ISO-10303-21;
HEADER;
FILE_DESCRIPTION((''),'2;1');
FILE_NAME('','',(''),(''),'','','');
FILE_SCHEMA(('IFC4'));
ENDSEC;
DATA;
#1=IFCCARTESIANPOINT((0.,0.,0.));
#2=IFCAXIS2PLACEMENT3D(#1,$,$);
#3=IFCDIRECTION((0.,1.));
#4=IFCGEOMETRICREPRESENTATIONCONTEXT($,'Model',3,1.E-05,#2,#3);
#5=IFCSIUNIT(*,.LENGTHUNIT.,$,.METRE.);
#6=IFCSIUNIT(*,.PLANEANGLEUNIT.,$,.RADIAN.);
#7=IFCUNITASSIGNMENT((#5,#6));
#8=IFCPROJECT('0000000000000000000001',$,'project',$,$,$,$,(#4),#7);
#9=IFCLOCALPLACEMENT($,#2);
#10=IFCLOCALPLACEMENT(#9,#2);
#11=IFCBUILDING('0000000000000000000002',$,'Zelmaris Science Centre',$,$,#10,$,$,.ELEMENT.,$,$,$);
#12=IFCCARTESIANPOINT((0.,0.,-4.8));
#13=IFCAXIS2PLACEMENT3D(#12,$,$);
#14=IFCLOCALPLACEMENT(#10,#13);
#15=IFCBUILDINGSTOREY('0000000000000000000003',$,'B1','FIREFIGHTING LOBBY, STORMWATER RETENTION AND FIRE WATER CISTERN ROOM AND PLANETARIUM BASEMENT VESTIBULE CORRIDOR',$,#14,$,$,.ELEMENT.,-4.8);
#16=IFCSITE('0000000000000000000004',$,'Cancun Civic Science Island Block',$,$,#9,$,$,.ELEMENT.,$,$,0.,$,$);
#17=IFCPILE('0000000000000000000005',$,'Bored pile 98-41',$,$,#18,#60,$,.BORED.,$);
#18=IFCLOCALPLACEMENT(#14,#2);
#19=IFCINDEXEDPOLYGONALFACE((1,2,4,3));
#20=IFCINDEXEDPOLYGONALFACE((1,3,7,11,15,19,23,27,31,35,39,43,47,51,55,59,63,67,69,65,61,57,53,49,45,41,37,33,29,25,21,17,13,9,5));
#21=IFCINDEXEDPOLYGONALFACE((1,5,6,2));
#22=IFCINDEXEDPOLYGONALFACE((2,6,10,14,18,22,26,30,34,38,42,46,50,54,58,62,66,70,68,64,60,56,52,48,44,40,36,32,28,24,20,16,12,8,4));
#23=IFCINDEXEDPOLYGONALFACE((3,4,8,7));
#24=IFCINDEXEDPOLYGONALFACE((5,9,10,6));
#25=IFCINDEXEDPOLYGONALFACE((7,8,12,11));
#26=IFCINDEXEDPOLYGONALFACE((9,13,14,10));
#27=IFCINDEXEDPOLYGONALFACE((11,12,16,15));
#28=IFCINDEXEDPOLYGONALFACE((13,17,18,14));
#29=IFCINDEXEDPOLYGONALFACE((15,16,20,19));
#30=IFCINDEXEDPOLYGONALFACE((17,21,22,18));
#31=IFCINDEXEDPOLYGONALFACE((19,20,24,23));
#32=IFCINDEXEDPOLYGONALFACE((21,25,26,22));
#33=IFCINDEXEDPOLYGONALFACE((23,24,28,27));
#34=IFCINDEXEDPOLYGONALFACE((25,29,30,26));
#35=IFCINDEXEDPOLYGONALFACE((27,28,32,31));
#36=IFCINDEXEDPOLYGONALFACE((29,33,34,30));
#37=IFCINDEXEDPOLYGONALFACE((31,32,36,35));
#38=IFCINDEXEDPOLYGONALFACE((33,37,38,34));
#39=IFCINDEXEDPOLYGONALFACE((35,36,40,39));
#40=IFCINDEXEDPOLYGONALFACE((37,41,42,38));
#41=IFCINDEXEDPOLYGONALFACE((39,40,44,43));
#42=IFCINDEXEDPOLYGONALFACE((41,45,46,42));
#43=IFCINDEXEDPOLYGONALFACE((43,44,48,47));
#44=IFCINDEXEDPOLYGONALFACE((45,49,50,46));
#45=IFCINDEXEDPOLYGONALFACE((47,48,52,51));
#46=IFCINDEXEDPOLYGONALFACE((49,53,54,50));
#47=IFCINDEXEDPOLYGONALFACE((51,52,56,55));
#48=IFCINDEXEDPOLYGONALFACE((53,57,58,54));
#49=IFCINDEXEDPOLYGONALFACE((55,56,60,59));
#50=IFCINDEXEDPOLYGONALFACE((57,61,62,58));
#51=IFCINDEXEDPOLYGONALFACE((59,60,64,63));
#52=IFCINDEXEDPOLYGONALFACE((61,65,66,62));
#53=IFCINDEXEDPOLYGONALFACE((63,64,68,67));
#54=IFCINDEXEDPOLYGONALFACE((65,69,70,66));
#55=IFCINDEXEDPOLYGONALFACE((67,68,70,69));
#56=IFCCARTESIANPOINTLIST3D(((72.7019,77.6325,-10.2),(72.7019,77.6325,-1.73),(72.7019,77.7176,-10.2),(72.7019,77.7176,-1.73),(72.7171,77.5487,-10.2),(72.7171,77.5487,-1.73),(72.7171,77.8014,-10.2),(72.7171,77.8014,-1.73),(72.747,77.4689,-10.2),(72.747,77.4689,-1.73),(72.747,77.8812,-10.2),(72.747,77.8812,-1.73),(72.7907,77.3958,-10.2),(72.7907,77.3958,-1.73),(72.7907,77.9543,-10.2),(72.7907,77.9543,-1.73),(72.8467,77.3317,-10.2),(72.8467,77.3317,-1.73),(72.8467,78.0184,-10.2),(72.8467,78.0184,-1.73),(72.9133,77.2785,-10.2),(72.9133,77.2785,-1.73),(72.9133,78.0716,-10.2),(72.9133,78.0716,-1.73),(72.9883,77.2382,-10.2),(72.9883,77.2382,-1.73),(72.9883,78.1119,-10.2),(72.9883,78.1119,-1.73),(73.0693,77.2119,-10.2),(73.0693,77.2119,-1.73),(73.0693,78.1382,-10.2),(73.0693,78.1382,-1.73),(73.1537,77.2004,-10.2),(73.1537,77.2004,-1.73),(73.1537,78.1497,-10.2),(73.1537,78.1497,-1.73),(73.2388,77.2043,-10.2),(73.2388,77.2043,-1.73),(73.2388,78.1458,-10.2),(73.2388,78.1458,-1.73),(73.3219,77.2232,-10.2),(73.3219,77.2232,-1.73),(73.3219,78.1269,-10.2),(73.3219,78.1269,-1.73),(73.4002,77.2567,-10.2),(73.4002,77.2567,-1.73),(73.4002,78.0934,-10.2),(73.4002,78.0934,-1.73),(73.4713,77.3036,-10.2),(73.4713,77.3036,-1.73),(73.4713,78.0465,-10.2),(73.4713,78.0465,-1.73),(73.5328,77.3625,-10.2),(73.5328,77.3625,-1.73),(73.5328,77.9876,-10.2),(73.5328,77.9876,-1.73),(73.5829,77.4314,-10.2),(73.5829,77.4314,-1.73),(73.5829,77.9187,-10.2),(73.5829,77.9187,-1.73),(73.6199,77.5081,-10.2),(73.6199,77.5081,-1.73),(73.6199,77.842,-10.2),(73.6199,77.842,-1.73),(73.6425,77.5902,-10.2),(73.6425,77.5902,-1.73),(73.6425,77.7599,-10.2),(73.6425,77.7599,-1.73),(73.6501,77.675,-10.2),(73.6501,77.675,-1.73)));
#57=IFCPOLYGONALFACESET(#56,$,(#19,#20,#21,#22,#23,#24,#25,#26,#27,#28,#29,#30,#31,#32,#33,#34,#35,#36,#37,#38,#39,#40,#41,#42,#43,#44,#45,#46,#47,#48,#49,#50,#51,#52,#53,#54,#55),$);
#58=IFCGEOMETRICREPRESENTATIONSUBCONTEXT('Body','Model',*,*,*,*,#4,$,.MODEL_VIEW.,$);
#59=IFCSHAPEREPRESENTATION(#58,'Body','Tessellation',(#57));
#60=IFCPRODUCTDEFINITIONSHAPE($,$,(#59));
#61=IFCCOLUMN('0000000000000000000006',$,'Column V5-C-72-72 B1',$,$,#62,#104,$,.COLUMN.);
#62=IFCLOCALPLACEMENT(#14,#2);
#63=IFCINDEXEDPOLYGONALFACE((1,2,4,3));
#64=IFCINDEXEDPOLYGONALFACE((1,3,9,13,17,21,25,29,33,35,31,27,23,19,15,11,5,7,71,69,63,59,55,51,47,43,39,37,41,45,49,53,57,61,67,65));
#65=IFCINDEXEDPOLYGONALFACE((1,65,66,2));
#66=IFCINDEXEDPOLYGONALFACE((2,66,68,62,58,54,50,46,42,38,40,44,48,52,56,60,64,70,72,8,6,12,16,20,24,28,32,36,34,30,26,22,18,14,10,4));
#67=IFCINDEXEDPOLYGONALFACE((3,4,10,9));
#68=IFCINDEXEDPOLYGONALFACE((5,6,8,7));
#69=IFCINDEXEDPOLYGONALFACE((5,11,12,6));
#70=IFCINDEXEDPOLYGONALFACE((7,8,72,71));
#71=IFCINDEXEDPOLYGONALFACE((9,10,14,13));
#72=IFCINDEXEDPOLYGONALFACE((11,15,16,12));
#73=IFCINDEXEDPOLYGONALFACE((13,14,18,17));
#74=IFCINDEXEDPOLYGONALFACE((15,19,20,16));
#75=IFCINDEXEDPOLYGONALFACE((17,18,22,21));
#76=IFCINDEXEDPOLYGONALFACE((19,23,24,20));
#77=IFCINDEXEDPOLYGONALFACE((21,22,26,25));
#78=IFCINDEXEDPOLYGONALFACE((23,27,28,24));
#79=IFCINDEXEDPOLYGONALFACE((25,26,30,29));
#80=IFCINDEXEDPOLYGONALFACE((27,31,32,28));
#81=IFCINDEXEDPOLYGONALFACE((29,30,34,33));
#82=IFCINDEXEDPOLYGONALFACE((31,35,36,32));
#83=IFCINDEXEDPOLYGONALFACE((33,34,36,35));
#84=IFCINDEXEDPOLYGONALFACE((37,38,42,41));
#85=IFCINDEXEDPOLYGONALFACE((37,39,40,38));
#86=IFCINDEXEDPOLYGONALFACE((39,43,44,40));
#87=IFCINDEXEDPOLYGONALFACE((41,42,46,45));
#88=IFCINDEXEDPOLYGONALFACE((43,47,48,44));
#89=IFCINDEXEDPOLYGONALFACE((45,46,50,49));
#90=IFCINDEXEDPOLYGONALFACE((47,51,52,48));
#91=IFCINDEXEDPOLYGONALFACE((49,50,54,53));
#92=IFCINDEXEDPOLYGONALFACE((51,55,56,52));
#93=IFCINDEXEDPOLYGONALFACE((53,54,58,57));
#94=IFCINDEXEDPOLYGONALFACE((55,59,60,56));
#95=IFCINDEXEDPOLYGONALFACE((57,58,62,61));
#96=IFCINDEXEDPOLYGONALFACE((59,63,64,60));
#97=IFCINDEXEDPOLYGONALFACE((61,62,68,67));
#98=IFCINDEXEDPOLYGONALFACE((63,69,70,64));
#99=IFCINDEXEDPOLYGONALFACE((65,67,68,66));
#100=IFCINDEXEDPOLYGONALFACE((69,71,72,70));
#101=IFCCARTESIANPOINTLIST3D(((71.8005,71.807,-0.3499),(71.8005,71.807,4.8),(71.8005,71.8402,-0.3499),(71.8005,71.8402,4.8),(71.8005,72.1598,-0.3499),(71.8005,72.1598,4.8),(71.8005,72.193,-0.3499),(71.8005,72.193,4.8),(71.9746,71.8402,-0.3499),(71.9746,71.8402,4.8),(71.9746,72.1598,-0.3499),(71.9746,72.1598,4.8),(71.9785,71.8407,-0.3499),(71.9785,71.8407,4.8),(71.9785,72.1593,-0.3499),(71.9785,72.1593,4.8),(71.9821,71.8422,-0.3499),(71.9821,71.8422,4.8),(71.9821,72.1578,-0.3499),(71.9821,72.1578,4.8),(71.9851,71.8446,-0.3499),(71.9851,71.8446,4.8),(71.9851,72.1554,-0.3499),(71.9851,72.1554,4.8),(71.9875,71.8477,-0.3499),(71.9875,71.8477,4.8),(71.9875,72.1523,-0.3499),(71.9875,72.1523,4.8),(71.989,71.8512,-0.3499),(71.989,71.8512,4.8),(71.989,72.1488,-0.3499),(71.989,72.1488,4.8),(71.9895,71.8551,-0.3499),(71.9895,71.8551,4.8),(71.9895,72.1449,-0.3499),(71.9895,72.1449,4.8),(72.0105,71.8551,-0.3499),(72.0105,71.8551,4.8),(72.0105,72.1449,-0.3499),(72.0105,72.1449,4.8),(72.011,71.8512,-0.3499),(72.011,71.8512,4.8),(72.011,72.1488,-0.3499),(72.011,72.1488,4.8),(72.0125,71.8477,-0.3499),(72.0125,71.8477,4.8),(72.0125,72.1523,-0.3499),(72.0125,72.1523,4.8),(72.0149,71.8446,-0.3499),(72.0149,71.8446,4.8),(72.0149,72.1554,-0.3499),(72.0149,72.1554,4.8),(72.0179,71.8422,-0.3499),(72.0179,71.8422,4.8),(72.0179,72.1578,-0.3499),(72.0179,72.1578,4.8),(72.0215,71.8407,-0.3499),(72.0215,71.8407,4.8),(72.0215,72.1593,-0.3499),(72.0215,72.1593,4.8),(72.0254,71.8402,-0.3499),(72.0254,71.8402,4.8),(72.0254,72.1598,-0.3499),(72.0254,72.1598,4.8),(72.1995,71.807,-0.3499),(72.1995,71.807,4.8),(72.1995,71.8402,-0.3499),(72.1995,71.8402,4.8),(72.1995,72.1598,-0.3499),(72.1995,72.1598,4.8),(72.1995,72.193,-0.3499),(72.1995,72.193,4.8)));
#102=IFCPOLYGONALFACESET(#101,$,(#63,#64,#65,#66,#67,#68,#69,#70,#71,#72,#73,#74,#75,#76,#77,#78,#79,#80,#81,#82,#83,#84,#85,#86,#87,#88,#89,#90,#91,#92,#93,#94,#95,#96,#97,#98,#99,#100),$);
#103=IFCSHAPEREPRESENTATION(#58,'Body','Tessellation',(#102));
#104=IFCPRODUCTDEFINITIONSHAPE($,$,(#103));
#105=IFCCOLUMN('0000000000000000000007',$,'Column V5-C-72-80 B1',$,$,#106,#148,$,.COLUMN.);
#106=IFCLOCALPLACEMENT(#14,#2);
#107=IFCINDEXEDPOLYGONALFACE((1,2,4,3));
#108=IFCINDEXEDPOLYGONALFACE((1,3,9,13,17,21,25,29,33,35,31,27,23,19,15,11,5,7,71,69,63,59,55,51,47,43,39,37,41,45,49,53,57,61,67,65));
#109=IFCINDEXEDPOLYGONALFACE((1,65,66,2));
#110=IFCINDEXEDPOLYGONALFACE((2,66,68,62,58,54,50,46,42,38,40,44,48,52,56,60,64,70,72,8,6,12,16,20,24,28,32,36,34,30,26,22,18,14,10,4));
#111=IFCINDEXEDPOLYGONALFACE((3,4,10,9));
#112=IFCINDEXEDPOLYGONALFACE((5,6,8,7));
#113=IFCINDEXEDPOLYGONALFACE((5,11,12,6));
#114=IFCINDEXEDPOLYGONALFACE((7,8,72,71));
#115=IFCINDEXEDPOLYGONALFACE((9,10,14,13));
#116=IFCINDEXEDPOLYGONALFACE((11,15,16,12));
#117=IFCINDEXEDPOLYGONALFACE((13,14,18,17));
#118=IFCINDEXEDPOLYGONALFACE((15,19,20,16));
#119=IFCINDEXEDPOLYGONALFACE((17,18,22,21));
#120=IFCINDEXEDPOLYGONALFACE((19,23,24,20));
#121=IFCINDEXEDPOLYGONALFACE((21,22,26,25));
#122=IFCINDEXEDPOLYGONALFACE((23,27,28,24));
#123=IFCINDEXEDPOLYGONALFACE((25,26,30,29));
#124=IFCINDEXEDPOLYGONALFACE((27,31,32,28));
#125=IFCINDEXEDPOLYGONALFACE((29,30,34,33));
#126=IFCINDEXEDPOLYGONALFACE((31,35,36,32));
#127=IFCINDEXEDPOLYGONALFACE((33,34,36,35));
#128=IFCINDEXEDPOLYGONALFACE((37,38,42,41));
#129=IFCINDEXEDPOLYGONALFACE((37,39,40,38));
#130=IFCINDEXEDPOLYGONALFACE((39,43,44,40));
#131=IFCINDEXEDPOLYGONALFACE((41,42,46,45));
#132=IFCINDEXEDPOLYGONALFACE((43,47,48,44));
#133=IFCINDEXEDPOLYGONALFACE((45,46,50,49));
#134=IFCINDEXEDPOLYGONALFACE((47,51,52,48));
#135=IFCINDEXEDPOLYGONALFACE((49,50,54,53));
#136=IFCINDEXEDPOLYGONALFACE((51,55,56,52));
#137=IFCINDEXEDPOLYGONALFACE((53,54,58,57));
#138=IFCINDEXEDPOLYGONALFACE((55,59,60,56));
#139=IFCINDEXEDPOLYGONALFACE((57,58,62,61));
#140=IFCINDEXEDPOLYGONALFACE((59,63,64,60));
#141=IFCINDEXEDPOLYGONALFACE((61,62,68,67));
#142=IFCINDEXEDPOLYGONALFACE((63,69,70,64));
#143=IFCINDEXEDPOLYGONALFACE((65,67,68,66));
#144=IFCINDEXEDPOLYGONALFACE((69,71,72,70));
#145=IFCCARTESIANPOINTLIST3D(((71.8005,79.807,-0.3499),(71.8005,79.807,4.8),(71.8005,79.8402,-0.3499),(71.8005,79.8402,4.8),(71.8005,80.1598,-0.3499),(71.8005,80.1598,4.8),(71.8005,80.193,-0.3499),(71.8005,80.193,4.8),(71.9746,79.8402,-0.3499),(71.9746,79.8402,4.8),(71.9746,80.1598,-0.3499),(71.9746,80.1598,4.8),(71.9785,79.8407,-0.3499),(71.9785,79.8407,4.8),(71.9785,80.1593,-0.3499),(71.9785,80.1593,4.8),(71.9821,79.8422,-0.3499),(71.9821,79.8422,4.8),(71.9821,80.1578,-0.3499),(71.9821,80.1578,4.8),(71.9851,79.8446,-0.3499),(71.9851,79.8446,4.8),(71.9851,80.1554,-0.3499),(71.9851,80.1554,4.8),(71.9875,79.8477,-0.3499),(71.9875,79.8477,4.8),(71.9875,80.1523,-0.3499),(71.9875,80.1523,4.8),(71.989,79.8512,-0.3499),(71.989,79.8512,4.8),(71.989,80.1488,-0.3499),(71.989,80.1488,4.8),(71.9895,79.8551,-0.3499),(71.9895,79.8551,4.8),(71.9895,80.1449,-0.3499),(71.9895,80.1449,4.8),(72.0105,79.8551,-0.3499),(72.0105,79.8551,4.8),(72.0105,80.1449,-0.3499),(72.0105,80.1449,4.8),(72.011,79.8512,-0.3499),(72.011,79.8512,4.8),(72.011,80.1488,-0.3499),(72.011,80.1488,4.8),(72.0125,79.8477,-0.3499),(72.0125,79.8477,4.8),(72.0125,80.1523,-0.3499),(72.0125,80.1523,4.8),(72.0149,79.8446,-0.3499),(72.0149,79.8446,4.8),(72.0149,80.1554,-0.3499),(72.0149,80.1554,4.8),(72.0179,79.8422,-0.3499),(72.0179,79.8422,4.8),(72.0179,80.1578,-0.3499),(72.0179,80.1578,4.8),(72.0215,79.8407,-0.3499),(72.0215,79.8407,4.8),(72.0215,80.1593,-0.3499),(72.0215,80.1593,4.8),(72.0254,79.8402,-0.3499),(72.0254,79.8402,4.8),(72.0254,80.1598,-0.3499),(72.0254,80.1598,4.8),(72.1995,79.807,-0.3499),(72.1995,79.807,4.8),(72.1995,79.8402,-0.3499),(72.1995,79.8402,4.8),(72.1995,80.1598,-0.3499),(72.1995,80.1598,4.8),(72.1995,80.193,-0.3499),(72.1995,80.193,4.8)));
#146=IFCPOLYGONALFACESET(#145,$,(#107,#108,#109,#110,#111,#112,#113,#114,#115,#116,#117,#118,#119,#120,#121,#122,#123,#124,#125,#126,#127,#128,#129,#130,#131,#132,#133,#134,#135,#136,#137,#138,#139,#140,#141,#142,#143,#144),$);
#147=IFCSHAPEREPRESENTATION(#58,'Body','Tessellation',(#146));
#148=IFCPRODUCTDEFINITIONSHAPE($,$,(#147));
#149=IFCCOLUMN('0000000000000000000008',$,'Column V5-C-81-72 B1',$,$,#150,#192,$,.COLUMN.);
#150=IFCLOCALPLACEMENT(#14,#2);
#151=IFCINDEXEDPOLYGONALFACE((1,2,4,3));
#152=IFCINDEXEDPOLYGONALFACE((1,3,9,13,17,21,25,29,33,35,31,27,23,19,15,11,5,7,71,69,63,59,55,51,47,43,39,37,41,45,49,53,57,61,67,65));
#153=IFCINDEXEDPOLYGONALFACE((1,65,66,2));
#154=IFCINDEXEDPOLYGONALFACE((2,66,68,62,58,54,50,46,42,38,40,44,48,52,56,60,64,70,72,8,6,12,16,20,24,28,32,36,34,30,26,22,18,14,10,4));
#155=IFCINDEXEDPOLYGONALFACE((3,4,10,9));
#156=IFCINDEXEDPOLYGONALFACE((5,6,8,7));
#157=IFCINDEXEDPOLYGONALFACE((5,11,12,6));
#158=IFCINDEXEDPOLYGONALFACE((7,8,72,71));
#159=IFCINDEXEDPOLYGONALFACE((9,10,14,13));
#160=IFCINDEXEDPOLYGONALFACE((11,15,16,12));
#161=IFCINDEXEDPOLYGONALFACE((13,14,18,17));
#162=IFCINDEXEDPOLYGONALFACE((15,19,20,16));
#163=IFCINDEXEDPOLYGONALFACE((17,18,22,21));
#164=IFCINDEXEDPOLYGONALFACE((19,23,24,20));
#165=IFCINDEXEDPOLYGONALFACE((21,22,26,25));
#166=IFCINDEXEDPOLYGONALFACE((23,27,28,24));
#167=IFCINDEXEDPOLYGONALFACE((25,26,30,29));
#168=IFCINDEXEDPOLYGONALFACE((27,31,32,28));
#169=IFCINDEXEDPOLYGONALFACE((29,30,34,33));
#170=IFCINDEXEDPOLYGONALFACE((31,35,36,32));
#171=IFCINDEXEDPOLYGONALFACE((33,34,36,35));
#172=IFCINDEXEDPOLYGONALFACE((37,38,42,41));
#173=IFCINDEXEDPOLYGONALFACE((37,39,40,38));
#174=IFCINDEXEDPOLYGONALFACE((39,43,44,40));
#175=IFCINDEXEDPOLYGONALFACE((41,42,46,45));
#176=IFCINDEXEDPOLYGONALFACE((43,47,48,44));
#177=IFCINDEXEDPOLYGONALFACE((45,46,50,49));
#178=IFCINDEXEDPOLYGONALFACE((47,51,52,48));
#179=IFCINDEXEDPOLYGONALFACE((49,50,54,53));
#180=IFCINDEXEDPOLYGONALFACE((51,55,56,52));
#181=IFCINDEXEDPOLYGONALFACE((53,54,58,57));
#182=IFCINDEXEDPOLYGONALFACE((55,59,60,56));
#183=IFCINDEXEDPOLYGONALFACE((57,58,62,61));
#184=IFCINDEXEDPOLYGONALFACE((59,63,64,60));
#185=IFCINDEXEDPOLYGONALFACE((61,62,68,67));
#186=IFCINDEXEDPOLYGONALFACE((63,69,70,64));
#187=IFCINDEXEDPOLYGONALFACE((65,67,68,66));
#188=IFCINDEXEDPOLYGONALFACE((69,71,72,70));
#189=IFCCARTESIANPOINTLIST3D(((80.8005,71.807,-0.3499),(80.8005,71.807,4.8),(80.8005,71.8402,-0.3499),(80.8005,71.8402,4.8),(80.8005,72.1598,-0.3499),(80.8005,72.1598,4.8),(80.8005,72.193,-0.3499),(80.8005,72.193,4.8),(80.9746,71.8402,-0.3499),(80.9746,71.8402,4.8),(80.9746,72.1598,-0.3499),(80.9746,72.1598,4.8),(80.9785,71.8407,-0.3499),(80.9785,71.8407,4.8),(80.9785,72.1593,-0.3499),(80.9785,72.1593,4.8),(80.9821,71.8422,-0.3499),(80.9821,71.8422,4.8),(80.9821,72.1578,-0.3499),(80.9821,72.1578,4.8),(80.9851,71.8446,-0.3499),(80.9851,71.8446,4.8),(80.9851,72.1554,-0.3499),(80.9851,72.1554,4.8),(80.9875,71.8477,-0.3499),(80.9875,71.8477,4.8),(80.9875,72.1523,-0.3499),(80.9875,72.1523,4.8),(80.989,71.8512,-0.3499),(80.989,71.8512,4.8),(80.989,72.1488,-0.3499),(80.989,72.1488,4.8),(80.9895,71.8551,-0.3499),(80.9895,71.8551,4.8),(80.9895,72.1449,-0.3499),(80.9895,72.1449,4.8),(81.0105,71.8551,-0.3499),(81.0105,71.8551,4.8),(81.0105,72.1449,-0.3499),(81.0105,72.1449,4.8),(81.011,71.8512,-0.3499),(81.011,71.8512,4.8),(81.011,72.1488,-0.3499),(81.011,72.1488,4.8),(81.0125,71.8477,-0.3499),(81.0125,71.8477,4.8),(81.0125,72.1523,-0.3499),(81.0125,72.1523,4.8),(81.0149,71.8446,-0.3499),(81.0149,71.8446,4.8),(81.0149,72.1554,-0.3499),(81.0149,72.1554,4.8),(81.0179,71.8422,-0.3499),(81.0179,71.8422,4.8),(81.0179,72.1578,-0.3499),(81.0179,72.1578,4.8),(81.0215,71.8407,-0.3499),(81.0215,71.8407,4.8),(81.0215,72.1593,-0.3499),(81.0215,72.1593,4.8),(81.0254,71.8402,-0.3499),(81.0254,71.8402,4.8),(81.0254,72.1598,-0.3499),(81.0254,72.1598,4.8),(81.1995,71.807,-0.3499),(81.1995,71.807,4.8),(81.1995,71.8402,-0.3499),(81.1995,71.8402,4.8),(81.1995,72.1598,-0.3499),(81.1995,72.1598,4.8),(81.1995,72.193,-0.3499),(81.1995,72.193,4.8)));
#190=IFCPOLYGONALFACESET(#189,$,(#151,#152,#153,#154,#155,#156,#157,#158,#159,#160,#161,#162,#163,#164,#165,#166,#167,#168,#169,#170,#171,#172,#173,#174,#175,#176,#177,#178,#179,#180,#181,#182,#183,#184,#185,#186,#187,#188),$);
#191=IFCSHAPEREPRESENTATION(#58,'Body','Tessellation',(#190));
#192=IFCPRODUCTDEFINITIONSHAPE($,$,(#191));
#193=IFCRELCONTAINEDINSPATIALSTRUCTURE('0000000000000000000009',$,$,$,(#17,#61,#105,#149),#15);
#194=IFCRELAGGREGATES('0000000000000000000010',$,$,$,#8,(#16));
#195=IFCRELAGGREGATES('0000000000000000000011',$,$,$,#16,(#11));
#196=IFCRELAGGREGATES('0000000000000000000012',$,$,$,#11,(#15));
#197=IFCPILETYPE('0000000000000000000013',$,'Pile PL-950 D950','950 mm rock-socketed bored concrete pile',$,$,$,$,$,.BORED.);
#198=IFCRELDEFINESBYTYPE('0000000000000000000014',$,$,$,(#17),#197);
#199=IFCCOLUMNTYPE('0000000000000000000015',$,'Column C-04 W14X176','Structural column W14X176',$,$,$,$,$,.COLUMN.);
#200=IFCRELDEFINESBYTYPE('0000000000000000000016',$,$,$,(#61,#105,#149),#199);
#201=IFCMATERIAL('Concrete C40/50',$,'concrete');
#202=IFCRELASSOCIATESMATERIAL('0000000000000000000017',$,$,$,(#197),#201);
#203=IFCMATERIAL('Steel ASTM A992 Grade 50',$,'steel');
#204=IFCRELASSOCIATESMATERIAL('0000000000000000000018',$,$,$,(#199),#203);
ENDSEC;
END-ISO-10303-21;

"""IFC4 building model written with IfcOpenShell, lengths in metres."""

from ifc_helpers import new_model, si_unit, direction, frame, origin, origin_2d, place, context, subcontext, project, spatial, circle, i_section, extrude, material, material_profile, profile_set, type_object, element, save


model = new_model("IFC4")

# Units and contexts
model_context = context("Model", 3, precision=1e-05, world=origin(), true_north=direction((0.0, 1.0)))
body_context = subcontext(model_context, "Body", "Model", "MODEL_VIEW")
ifc_project = project(units=[si_unit("LENGTHUNIT", "METRE"), si_unit("PLANEANGLEUNIT", "RADIAN")], contexts=[model_context])

# Site, building, storey
site_placement = place(None, origin())
site = spatial("IfcSite", under=ifc_project, at=site_placement, Name="Cancun Civic Science Island Block", CompositionType="ELEMENT", RefElevation=0.0)
building_placement = place(site_placement, origin())
building = spatial("IfcBuilding", under=site, at=building_placement, Name="Zelmaris Science Centre", CompositionType="ELEMENT")
storey_placement = place(building_placement, frame((0.0, 0.0, -4.8)))
storey = spatial("IfcBuildingStorey", under=building, at=storey_placement, Name="B1", Description="FIREFIGHTING LOBBY, STORMWATER RETENTION AND FIRE WATER CISTERN ROOM AND PLANETARIUM BASEMENT VESTIBULE CORRIDOR", CompositionType="ELEMENT", Elevation=-4.8)

# Shared definitions
ifc_material_1 = material(Name="Concrete C40/50", Category="concrete")

# Pile
ifc_material_profile_1 = material_profile(ifc_material_1, circle(Radius=0.4751, at=origin_2d()), Name="PILE-950")
ifc_profile_set_1 = profile_set([ifc_material_profile_1], Name="Concrete C40/50")
pile_type_1 = type_object("IfcPileType", Name="Pile PL-950 D950", Description="950 mm rock-socketed bored concrete pile", PredefinedType="BORED", material=ifc_profile_set_1)
pile_placement = place(storey_placement, frame((73.175, 77.675, -1.73), z_axis=(0.0, 0.0, -1.0), x_axis=(1.0, 0.0, 0.0)))
element("IfcPile", 1, at=pile_placement, inside=storey, type_object=pile_type_1, Name="Bored pile 98-41", PredefinedType="BORED", context=body_context, shape_type="SweptSolid", body=[
    extrude(circle(Radius=0.4751, at=origin_2d()), origin(), (0.0, 0.0, 1.0), 8.47),
])

# Columns
ifc_material_2 = material(Name="Steel ASTM A992 Grade 50", Category="steel")
ifc_material_profile_2 = material_profile(ifc_material_2, i_section(OverallWidth=0.3989, OverallDepth=0.386, WebThickness=0.021, FlangeThickness=0.0332, FilletRadius=0.0149, at=origin_2d()), Name="W14X176")
ifc_profile_set_2 = profile_set([ifc_material_profile_2], Name="Steel ASTM A992 Grade 50")
column_type = type_object("IfcColumnType", Name="Column C-04 W14X176", Description="Structural column W14X176", PredefinedType="COLUMN", material=ifc_profile_set_2)
for number, where, z_axis, x_axis, name in (
    (2, (72.0, 72.0, -0.3499), (0.0, 0.0, 1.0), (1.0, 0.0, 0.0), "Column V5-C-72-72 B1"),
    (3, (72.0, 80.0, -0.3499), (0.0, 0.0, 1.0), (1.0, 0.0, 0.0), "Column V5-C-72-80 B1"),
    (4, (81.0, 72.0, -0.3499), (0.0, 0.0, 1.0), (1.0, 0.0, 0.0), "Column V5-C-81-72 B1"),
):
    element("IfcColumn", number, at=place(storey_placement, frame(where, z_axis=z_axis, x_axis=x_axis)), inside=storey, type_object=column_type, Name=name, PredefinedType="COLUMN", context=body_context, shape_type="SweptSolid", body=[
        extrude(i_section(OverallWidth=0.3989, OverallDepth=0.386, WebThickness=0.021, FlangeThickness=0.0332, FilletRadius=0.0149, at=origin_2d()), origin(), (0.0, 0.0, 1.0), 5.1499),
    ])

save(model, "model.ifc")
